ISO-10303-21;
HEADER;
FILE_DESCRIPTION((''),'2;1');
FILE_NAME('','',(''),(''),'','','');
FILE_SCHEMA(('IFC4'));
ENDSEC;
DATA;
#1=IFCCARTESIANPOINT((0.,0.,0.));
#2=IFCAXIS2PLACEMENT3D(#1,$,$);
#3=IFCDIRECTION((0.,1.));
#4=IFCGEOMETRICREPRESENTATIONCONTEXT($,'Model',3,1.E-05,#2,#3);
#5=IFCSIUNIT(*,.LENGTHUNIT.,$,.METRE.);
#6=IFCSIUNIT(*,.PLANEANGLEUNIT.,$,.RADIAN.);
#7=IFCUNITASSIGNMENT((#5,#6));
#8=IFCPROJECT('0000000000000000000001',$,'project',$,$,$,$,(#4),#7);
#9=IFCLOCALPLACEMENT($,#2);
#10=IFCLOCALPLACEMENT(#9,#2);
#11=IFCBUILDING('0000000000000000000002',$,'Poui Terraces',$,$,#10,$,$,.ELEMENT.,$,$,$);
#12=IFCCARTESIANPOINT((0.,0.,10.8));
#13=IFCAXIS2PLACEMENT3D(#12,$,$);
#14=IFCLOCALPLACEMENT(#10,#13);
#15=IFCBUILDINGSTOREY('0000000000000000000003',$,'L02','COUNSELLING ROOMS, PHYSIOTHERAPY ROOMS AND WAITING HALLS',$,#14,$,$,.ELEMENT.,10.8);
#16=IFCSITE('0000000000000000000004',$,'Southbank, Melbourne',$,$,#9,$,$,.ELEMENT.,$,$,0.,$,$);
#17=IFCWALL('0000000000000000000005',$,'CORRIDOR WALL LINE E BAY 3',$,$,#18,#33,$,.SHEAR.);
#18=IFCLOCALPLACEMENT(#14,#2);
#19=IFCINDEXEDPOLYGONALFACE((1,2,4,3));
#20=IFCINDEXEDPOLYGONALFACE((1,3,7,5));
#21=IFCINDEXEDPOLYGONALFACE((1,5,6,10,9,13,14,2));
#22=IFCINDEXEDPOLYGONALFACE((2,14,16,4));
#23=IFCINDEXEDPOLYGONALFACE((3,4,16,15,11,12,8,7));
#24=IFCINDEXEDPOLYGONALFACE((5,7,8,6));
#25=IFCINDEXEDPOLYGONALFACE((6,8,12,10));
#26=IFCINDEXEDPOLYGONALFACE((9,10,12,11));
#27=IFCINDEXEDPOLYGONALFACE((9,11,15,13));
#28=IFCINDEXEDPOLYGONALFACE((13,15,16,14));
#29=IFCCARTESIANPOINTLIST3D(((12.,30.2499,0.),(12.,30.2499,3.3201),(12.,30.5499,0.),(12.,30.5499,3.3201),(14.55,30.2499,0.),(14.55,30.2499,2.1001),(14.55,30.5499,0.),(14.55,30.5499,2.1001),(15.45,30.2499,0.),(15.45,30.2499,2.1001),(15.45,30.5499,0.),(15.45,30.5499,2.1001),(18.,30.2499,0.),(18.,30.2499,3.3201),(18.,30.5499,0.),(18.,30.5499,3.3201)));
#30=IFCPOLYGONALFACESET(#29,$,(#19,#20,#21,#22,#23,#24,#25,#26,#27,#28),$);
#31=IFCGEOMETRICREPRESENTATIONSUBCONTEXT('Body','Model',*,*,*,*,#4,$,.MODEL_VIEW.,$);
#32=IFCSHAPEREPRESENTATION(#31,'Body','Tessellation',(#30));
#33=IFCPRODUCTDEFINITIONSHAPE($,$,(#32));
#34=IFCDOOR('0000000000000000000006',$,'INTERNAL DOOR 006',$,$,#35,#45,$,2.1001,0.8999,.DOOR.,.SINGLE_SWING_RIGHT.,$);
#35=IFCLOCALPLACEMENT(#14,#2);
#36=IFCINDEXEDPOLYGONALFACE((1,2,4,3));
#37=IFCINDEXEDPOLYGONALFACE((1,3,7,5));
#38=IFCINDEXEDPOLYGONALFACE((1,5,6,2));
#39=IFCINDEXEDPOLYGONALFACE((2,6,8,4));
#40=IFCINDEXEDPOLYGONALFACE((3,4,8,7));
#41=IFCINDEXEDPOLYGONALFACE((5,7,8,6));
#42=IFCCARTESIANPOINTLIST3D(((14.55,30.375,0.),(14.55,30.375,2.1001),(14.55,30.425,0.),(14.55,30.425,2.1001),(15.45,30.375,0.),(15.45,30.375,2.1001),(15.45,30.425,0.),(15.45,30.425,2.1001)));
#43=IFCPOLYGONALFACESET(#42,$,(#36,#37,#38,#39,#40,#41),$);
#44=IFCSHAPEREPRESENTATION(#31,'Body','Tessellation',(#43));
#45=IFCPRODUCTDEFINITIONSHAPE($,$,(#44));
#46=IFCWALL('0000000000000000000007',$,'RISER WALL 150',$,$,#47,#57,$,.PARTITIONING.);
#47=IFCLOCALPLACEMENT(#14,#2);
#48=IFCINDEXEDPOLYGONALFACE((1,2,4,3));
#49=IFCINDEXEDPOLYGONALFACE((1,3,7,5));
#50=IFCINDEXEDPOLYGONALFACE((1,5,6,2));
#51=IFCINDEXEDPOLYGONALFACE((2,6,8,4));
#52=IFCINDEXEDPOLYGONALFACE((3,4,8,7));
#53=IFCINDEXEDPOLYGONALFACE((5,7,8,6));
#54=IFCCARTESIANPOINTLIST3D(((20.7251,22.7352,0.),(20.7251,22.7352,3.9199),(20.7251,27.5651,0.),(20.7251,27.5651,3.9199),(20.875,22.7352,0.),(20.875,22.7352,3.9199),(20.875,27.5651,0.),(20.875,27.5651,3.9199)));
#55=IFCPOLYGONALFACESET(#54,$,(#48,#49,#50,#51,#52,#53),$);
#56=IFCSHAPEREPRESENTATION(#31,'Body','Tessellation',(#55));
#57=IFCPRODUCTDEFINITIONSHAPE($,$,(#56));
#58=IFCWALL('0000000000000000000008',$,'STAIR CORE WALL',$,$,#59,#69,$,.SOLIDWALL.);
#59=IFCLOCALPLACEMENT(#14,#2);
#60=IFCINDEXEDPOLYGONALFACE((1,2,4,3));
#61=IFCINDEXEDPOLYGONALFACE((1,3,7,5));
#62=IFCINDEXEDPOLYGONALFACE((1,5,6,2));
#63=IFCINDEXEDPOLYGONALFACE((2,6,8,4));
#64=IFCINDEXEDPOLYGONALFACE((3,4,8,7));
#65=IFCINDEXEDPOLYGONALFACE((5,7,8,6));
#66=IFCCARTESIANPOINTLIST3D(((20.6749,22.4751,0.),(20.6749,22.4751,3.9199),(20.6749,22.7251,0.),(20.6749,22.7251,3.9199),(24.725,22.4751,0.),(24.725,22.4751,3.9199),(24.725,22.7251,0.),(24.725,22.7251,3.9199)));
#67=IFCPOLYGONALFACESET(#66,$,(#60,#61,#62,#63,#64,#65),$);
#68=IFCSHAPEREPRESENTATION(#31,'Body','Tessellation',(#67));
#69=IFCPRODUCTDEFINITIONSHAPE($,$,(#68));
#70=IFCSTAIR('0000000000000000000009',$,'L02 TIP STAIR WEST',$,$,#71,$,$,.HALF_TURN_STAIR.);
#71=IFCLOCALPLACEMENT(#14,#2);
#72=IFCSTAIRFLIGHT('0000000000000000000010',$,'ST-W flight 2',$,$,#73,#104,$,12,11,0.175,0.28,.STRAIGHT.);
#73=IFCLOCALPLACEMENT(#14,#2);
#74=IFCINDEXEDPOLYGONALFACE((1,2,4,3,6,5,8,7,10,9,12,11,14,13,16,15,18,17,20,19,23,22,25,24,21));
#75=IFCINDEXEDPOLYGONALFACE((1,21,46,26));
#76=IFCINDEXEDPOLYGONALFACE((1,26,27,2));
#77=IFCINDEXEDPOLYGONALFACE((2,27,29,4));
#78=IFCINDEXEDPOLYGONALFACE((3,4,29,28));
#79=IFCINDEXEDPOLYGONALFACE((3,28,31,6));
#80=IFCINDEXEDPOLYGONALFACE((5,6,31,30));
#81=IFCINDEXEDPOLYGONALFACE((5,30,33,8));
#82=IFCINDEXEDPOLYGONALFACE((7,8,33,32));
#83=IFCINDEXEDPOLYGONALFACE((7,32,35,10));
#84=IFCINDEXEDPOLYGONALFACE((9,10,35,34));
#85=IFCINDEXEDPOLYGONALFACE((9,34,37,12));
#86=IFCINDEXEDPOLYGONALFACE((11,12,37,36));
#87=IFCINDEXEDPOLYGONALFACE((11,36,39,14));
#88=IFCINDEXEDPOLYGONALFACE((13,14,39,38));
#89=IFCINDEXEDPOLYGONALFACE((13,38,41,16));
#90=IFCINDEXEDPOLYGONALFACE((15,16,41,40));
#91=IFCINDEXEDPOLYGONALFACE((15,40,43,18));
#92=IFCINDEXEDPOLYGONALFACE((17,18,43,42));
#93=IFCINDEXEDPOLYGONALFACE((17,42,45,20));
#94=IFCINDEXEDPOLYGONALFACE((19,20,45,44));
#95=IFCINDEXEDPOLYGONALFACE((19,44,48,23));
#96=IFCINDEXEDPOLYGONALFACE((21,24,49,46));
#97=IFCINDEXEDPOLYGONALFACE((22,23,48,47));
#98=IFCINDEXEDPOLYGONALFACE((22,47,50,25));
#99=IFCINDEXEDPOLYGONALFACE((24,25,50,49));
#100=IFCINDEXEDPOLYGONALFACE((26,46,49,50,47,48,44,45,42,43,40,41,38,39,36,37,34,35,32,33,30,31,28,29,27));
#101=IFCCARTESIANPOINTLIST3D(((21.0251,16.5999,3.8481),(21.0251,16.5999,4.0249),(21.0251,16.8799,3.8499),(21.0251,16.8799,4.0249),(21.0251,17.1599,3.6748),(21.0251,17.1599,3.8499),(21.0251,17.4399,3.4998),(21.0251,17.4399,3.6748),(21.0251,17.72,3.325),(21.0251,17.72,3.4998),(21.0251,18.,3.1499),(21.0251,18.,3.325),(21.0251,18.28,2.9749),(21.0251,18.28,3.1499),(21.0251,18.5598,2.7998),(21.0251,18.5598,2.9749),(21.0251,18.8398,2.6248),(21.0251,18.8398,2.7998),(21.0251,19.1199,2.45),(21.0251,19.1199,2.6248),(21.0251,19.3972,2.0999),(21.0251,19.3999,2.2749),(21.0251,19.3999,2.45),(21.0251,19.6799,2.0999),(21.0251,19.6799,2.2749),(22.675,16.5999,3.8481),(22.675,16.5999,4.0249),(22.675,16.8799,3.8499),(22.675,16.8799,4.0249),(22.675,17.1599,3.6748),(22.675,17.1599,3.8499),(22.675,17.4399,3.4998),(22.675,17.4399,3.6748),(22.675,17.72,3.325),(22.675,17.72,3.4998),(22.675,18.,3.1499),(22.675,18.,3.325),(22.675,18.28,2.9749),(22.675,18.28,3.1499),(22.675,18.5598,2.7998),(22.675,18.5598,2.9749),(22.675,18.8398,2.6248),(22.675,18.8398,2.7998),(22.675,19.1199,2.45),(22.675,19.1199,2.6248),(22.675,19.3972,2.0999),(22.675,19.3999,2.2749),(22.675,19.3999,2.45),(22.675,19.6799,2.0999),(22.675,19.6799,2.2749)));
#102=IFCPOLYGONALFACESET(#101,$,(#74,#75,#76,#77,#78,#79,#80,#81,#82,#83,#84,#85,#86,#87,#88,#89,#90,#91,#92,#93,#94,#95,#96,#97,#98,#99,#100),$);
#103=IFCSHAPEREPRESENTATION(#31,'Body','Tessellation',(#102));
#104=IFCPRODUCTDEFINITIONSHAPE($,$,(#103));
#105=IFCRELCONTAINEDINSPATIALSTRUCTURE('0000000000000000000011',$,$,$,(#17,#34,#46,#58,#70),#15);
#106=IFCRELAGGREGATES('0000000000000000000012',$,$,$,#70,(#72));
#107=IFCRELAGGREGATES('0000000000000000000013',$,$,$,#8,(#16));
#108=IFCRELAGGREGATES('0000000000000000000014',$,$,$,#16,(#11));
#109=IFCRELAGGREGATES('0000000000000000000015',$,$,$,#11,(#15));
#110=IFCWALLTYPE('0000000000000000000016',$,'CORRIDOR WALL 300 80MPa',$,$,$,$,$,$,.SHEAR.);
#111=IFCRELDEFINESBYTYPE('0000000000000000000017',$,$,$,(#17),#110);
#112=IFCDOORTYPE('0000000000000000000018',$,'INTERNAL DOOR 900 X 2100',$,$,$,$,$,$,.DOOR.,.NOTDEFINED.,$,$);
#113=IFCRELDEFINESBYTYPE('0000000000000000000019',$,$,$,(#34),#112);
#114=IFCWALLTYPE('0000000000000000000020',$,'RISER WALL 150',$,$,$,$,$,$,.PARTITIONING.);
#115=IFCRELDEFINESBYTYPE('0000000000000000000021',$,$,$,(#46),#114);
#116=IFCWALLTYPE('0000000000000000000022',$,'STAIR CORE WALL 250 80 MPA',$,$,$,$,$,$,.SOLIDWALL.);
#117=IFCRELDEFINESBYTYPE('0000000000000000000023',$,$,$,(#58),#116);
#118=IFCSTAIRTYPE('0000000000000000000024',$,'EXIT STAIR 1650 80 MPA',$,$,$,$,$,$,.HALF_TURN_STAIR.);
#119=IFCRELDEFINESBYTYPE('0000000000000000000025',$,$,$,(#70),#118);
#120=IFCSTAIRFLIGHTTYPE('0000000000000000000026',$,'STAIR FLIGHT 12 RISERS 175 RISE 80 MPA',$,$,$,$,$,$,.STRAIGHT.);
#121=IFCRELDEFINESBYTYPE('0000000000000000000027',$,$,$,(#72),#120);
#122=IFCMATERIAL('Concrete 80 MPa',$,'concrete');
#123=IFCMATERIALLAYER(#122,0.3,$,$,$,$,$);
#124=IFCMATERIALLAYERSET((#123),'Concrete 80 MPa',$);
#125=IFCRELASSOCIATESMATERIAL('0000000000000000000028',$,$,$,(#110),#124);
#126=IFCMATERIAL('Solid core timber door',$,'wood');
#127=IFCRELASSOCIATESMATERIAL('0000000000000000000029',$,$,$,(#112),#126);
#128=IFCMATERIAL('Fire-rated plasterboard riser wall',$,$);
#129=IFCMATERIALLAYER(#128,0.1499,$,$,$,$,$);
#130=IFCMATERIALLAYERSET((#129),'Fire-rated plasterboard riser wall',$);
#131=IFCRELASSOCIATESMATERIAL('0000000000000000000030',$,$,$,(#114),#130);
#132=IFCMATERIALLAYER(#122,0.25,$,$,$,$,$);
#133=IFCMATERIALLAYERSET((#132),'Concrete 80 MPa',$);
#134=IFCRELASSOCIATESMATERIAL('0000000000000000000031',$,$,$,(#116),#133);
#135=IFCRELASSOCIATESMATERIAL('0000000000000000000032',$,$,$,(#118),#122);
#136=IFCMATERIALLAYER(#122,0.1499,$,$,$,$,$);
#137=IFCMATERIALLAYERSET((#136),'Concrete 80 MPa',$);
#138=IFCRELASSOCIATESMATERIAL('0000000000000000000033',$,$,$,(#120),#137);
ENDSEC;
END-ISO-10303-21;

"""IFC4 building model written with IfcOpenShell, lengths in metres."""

from ifc_helpers import new_model, si_unit, direction, frame, frame_2d, origin, place, context, subcontext, project, spatial, polyline, rectangle, outline, extrude, material, layer, layer_set, type_object, element, fill, aggregate, save


model = new_model("IFC4")

# Units and contexts
model_context = context("Model", 3, precision=1e-05, world=origin(), true_north=direction((0.0, 1.0)))
body_context = subcontext(model_context, "Body", "Model", "MODEL_VIEW")
ifc_project = project(units=[si_unit("LENGTHUNIT", "METRE"), si_unit("PLANEANGLEUNIT", "RADIAN")], contexts=[model_context])

# Site, building, storey
site_placement = place(None, origin())
site = spatial("IfcSite", under=ifc_project, at=site_placement, Name="Southbank, Melbourne", CompositionType="ELEMENT", RefElevation=0.0)
building_placement = place(site_placement, origin())
building = spatial("IfcBuilding", under=site, at=building_placement, Name="Poui Terraces", CompositionType="ELEMENT")
storey_placement = place(building_placement, frame((0.0, 0.0, 10.8)))
storey = spatial("IfcBuildingStorey", under=building, at=storey_placement, Name="L02", Description="COUNSELLING ROOMS, PHYSIOTHERAPY ROOMS AND WAITING HALLS", CompositionType="ELEMENT", Elevation=10.8)

# Wall, opening, door
ifc_material_1 = material(Name="Concrete 80 MPa", Category="concrete")
ifc_layer_1 = layer(ifc_material_1, 0.3)
ifc_layer_set_1 = layer_set([ifc_layer_1], Name="Concrete 80 MPa")
wall_type_1 = type_object("IfcWallType", Name="CORRIDOR WALL 300 80MPa", PredefinedType="SHEAR", material=ifc_layer_set_1)
wall_1_placement = place(storey_placement, frame((12.0, 30.3999, 0.0), z_axis=(0.0, 0.0, 1.0), x_axis=(1.0, 0.0, 0.0)))
wall_1 = element("IfcWall", 1, at=wall_1_placement, inside=storey, type_object=wall_type_1, Name="CORRIDOR WALL LINE E BAY 3", PredefinedType="SHEAR", context=body_context, shape_type="SweptSolid", body=[
    extrude(rectangle(XDim=6.0, YDim=0.3, at=frame_2d((3.0, 0.0))), origin(), (0.0, 0.0, 1.0), 3.3201),
])
opening_1_placement = place(wall_1_placement, frame((2.55, 0.0, 0.0)))
opening_1 = element("IfcOpeningElement", 2, at=opening_1_placement, cuts=wall_1, PredefinedType="OPENING", context=body_context, shape_type="SweptSolid", body=[
    extrude(rectangle(XDim=0.8999, YDim=2.1001, at=frame_2d((0.45, 1.05))), frame((0.0, 0.1602, 0.0), z_axis=(0.0, -1.0, 0.0), x_axis=(1.0, 0.0, 0.0)), (0.0, 0.0, 1.0), 0.3201),
])
ifc_material_2 = material(Name="Solid core timber door", Category="wood")
door_type_1 = type_object("IfcDoorType", Name="INTERNAL DOOR 900 X 2100", OperationType="NOTDEFINED", PredefinedType="DOOR", material=ifc_material_2)
door_1_placement = place(opening_1_placement, frame((0.8999, 0.0, 0.0), z_axis=(0.0, 0.0, 1.0), x_axis=(-1.0, 0.0, 0.0)))
door_1 = element("IfcDoor", 3, at=door_1_placement, inside=storey, type_object=door_type_1, Name="INTERNAL DOOR 006", OperationType="SINGLE_SWING_RIGHT", OverallHeight=2.1001, OverallWidth=0.8999, PredefinedType="DOOR", context=body_context, shape_type="SweptSolid", body=[
    extrude(rectangle(XDim=0.8999, YDim=2.1001, at=frame_2d((0.45, 1.05))), frame((0.0, 0.0249, 0.0), z_axis=(0.0, -1.0, 0.0), x_axis=(1.0, 0.0, 0.0)), (0.0, 0.0, 1.0), 0.05),
])
fill(opening_1, door_1)

# Wall
ifc_material_3 = material(Name="Fire-rated plasterboard riser wall")
ifc_layer_2 = layer(ifc_material_3, 0.1499)
ifc_layer_set_2 = layer_set([ifc_layer_2], Name="Fire-rated plasterboard riser wall")
wall_type_2 = type_object("IfcWallType", Name="RISER WALL 150", PredefinedType="PARTITIONING", material=ifc_layer_set_2)
wall_2_placement = place(storey_placement, frame((20.8, 22.7351, 0.0), z_axis=(0.0, 0.0, 1.0), x_axis=(0.0, 1.0, 0.0)))
element("IfcWall", 4, at=wall_2_placement, inside=storey, type_object=wall_type_2, Name="RISER WALL 150", PredefinedType="PARTITIONING", context=body_context, shape_type="SweptSolid", body=[
    extrude(rectangle(XDim=4.8298, YDim=0.1499, at=frame_2d((2.415, 0.0))), origin(), (0.0, 0.0, 1.0), 3.9199),
])

# Wall
ifc_layer_3 = layer(ifc_material_1, 0.25)
ifc_layer_set_3 = layer_set([ifc_layer_3], Name="Concrete 80 MPa")
wall_type_3 = type_object("IfcWallType", Name="STAIR CORE WALL 250 80 MPA", PredefinedType="SOLIDWALL", material=ifc_layer_set_3)
wall_3_placement = place(storey_placement, frame((20.675, 22.6001, 0.0), z_axis=(0.0, 0.0, 1.0), x_axis=(1.0, 0.0, 0.0)))
element("IfcWall", 5, at=wall_3_placement, inside=storey, type_object=wall_type_3, Name="STAIR CORE WALL", PredefinedType="SOLIDWALL", context=body_context, shape_type="SweptSolid", body=[
    extrude(rectangle(XDim=4.05, YDim=0.25, at=frame_2d((2.0249, 0.0))), origin(), (0.0, 0.0, 1.0), 3.9199),
])

# Stair, stair flight
stair_type = type_object("IfcStairType", Name="EXIT STAIR 1650 80 MPA", PredefinedType="HALF_TURN_STAIR", material=ifc_material_1)
stair_placement = place(storey_placement, origin())
stair = element("IfcStair", 6, at=stair_placement, inside=storey, type_object=stair_type, Name="L02 TIP STAIR WEST", PredefinedType="HALF_TURN_STAIR")
ifc_layer_4 = layer(ifc_material_1, 0.1499)
ifc_layer_set_4 = layer_set([ifc_layer_4], Name="Concrete 80 MPa")
stair_flight_type = type_object("IfcStairFlightType", Name="STAIR FLIGHT 12 RISERS 175 RISE 80 MPA", PredefinedType="STRAIGHT", material=ifc_layer_set_4)
stair_flight_placement = place(storey_placement, frame((21.8501, 19.6799, 2.0999), z_axis=(0.0, 0.0, 1.0), x_axis=(0.0, -1.0, 0.0)))
stair_flight = element("IfcStairFlight", 7, at=stair_flight_placement, type_object=stair_flight_type, Name="ST-W flight 2", NumberOfRisers=12, NumberOfTreads=11, PredefinedType="STRAIGHT", RiserHeight=0.175, TreadLength=0.28, context=body_context, shape_type="SweptSolid", body=[
    extrude(outline(polyline([(0.0, 0.0), (0.0, 0.175), (0.28, 0.175), (0.28, 0.3501), (0.5601, 0.3501), (0.5601, 0.5249), (0.8401, 0.5249), (0.8401, 0.7), (1.1201, 0.7), (1.1201, 0.875), (1.3999, 0.875), (1.3999, 1.05), (1.6799, 1.05), (1.6799, 1.2251), (1.96, 1.2251), (1.96, 1.3999), (2.24, 1.3999), (2.24, 1.575), (2.52, 1.575), (2.52, 1.75), (2.8, 1.75), (2.8, 1.925), (3.0801, 1.925), (3.0801, 2.1001), (3.0801, 1.7483), (0.2827, 0.0), (0.0, 0.0)])), frame((0.0, 0.825, 0.0), z_axis=(0.0, -1.0, 0.0), x_axis=(1.0, 0.0, 0.0)), (0.0, 0.0, 1.0), 1.6499),
])
aggregate(stair, [stair_flight])

save(model, "model.ifc")
